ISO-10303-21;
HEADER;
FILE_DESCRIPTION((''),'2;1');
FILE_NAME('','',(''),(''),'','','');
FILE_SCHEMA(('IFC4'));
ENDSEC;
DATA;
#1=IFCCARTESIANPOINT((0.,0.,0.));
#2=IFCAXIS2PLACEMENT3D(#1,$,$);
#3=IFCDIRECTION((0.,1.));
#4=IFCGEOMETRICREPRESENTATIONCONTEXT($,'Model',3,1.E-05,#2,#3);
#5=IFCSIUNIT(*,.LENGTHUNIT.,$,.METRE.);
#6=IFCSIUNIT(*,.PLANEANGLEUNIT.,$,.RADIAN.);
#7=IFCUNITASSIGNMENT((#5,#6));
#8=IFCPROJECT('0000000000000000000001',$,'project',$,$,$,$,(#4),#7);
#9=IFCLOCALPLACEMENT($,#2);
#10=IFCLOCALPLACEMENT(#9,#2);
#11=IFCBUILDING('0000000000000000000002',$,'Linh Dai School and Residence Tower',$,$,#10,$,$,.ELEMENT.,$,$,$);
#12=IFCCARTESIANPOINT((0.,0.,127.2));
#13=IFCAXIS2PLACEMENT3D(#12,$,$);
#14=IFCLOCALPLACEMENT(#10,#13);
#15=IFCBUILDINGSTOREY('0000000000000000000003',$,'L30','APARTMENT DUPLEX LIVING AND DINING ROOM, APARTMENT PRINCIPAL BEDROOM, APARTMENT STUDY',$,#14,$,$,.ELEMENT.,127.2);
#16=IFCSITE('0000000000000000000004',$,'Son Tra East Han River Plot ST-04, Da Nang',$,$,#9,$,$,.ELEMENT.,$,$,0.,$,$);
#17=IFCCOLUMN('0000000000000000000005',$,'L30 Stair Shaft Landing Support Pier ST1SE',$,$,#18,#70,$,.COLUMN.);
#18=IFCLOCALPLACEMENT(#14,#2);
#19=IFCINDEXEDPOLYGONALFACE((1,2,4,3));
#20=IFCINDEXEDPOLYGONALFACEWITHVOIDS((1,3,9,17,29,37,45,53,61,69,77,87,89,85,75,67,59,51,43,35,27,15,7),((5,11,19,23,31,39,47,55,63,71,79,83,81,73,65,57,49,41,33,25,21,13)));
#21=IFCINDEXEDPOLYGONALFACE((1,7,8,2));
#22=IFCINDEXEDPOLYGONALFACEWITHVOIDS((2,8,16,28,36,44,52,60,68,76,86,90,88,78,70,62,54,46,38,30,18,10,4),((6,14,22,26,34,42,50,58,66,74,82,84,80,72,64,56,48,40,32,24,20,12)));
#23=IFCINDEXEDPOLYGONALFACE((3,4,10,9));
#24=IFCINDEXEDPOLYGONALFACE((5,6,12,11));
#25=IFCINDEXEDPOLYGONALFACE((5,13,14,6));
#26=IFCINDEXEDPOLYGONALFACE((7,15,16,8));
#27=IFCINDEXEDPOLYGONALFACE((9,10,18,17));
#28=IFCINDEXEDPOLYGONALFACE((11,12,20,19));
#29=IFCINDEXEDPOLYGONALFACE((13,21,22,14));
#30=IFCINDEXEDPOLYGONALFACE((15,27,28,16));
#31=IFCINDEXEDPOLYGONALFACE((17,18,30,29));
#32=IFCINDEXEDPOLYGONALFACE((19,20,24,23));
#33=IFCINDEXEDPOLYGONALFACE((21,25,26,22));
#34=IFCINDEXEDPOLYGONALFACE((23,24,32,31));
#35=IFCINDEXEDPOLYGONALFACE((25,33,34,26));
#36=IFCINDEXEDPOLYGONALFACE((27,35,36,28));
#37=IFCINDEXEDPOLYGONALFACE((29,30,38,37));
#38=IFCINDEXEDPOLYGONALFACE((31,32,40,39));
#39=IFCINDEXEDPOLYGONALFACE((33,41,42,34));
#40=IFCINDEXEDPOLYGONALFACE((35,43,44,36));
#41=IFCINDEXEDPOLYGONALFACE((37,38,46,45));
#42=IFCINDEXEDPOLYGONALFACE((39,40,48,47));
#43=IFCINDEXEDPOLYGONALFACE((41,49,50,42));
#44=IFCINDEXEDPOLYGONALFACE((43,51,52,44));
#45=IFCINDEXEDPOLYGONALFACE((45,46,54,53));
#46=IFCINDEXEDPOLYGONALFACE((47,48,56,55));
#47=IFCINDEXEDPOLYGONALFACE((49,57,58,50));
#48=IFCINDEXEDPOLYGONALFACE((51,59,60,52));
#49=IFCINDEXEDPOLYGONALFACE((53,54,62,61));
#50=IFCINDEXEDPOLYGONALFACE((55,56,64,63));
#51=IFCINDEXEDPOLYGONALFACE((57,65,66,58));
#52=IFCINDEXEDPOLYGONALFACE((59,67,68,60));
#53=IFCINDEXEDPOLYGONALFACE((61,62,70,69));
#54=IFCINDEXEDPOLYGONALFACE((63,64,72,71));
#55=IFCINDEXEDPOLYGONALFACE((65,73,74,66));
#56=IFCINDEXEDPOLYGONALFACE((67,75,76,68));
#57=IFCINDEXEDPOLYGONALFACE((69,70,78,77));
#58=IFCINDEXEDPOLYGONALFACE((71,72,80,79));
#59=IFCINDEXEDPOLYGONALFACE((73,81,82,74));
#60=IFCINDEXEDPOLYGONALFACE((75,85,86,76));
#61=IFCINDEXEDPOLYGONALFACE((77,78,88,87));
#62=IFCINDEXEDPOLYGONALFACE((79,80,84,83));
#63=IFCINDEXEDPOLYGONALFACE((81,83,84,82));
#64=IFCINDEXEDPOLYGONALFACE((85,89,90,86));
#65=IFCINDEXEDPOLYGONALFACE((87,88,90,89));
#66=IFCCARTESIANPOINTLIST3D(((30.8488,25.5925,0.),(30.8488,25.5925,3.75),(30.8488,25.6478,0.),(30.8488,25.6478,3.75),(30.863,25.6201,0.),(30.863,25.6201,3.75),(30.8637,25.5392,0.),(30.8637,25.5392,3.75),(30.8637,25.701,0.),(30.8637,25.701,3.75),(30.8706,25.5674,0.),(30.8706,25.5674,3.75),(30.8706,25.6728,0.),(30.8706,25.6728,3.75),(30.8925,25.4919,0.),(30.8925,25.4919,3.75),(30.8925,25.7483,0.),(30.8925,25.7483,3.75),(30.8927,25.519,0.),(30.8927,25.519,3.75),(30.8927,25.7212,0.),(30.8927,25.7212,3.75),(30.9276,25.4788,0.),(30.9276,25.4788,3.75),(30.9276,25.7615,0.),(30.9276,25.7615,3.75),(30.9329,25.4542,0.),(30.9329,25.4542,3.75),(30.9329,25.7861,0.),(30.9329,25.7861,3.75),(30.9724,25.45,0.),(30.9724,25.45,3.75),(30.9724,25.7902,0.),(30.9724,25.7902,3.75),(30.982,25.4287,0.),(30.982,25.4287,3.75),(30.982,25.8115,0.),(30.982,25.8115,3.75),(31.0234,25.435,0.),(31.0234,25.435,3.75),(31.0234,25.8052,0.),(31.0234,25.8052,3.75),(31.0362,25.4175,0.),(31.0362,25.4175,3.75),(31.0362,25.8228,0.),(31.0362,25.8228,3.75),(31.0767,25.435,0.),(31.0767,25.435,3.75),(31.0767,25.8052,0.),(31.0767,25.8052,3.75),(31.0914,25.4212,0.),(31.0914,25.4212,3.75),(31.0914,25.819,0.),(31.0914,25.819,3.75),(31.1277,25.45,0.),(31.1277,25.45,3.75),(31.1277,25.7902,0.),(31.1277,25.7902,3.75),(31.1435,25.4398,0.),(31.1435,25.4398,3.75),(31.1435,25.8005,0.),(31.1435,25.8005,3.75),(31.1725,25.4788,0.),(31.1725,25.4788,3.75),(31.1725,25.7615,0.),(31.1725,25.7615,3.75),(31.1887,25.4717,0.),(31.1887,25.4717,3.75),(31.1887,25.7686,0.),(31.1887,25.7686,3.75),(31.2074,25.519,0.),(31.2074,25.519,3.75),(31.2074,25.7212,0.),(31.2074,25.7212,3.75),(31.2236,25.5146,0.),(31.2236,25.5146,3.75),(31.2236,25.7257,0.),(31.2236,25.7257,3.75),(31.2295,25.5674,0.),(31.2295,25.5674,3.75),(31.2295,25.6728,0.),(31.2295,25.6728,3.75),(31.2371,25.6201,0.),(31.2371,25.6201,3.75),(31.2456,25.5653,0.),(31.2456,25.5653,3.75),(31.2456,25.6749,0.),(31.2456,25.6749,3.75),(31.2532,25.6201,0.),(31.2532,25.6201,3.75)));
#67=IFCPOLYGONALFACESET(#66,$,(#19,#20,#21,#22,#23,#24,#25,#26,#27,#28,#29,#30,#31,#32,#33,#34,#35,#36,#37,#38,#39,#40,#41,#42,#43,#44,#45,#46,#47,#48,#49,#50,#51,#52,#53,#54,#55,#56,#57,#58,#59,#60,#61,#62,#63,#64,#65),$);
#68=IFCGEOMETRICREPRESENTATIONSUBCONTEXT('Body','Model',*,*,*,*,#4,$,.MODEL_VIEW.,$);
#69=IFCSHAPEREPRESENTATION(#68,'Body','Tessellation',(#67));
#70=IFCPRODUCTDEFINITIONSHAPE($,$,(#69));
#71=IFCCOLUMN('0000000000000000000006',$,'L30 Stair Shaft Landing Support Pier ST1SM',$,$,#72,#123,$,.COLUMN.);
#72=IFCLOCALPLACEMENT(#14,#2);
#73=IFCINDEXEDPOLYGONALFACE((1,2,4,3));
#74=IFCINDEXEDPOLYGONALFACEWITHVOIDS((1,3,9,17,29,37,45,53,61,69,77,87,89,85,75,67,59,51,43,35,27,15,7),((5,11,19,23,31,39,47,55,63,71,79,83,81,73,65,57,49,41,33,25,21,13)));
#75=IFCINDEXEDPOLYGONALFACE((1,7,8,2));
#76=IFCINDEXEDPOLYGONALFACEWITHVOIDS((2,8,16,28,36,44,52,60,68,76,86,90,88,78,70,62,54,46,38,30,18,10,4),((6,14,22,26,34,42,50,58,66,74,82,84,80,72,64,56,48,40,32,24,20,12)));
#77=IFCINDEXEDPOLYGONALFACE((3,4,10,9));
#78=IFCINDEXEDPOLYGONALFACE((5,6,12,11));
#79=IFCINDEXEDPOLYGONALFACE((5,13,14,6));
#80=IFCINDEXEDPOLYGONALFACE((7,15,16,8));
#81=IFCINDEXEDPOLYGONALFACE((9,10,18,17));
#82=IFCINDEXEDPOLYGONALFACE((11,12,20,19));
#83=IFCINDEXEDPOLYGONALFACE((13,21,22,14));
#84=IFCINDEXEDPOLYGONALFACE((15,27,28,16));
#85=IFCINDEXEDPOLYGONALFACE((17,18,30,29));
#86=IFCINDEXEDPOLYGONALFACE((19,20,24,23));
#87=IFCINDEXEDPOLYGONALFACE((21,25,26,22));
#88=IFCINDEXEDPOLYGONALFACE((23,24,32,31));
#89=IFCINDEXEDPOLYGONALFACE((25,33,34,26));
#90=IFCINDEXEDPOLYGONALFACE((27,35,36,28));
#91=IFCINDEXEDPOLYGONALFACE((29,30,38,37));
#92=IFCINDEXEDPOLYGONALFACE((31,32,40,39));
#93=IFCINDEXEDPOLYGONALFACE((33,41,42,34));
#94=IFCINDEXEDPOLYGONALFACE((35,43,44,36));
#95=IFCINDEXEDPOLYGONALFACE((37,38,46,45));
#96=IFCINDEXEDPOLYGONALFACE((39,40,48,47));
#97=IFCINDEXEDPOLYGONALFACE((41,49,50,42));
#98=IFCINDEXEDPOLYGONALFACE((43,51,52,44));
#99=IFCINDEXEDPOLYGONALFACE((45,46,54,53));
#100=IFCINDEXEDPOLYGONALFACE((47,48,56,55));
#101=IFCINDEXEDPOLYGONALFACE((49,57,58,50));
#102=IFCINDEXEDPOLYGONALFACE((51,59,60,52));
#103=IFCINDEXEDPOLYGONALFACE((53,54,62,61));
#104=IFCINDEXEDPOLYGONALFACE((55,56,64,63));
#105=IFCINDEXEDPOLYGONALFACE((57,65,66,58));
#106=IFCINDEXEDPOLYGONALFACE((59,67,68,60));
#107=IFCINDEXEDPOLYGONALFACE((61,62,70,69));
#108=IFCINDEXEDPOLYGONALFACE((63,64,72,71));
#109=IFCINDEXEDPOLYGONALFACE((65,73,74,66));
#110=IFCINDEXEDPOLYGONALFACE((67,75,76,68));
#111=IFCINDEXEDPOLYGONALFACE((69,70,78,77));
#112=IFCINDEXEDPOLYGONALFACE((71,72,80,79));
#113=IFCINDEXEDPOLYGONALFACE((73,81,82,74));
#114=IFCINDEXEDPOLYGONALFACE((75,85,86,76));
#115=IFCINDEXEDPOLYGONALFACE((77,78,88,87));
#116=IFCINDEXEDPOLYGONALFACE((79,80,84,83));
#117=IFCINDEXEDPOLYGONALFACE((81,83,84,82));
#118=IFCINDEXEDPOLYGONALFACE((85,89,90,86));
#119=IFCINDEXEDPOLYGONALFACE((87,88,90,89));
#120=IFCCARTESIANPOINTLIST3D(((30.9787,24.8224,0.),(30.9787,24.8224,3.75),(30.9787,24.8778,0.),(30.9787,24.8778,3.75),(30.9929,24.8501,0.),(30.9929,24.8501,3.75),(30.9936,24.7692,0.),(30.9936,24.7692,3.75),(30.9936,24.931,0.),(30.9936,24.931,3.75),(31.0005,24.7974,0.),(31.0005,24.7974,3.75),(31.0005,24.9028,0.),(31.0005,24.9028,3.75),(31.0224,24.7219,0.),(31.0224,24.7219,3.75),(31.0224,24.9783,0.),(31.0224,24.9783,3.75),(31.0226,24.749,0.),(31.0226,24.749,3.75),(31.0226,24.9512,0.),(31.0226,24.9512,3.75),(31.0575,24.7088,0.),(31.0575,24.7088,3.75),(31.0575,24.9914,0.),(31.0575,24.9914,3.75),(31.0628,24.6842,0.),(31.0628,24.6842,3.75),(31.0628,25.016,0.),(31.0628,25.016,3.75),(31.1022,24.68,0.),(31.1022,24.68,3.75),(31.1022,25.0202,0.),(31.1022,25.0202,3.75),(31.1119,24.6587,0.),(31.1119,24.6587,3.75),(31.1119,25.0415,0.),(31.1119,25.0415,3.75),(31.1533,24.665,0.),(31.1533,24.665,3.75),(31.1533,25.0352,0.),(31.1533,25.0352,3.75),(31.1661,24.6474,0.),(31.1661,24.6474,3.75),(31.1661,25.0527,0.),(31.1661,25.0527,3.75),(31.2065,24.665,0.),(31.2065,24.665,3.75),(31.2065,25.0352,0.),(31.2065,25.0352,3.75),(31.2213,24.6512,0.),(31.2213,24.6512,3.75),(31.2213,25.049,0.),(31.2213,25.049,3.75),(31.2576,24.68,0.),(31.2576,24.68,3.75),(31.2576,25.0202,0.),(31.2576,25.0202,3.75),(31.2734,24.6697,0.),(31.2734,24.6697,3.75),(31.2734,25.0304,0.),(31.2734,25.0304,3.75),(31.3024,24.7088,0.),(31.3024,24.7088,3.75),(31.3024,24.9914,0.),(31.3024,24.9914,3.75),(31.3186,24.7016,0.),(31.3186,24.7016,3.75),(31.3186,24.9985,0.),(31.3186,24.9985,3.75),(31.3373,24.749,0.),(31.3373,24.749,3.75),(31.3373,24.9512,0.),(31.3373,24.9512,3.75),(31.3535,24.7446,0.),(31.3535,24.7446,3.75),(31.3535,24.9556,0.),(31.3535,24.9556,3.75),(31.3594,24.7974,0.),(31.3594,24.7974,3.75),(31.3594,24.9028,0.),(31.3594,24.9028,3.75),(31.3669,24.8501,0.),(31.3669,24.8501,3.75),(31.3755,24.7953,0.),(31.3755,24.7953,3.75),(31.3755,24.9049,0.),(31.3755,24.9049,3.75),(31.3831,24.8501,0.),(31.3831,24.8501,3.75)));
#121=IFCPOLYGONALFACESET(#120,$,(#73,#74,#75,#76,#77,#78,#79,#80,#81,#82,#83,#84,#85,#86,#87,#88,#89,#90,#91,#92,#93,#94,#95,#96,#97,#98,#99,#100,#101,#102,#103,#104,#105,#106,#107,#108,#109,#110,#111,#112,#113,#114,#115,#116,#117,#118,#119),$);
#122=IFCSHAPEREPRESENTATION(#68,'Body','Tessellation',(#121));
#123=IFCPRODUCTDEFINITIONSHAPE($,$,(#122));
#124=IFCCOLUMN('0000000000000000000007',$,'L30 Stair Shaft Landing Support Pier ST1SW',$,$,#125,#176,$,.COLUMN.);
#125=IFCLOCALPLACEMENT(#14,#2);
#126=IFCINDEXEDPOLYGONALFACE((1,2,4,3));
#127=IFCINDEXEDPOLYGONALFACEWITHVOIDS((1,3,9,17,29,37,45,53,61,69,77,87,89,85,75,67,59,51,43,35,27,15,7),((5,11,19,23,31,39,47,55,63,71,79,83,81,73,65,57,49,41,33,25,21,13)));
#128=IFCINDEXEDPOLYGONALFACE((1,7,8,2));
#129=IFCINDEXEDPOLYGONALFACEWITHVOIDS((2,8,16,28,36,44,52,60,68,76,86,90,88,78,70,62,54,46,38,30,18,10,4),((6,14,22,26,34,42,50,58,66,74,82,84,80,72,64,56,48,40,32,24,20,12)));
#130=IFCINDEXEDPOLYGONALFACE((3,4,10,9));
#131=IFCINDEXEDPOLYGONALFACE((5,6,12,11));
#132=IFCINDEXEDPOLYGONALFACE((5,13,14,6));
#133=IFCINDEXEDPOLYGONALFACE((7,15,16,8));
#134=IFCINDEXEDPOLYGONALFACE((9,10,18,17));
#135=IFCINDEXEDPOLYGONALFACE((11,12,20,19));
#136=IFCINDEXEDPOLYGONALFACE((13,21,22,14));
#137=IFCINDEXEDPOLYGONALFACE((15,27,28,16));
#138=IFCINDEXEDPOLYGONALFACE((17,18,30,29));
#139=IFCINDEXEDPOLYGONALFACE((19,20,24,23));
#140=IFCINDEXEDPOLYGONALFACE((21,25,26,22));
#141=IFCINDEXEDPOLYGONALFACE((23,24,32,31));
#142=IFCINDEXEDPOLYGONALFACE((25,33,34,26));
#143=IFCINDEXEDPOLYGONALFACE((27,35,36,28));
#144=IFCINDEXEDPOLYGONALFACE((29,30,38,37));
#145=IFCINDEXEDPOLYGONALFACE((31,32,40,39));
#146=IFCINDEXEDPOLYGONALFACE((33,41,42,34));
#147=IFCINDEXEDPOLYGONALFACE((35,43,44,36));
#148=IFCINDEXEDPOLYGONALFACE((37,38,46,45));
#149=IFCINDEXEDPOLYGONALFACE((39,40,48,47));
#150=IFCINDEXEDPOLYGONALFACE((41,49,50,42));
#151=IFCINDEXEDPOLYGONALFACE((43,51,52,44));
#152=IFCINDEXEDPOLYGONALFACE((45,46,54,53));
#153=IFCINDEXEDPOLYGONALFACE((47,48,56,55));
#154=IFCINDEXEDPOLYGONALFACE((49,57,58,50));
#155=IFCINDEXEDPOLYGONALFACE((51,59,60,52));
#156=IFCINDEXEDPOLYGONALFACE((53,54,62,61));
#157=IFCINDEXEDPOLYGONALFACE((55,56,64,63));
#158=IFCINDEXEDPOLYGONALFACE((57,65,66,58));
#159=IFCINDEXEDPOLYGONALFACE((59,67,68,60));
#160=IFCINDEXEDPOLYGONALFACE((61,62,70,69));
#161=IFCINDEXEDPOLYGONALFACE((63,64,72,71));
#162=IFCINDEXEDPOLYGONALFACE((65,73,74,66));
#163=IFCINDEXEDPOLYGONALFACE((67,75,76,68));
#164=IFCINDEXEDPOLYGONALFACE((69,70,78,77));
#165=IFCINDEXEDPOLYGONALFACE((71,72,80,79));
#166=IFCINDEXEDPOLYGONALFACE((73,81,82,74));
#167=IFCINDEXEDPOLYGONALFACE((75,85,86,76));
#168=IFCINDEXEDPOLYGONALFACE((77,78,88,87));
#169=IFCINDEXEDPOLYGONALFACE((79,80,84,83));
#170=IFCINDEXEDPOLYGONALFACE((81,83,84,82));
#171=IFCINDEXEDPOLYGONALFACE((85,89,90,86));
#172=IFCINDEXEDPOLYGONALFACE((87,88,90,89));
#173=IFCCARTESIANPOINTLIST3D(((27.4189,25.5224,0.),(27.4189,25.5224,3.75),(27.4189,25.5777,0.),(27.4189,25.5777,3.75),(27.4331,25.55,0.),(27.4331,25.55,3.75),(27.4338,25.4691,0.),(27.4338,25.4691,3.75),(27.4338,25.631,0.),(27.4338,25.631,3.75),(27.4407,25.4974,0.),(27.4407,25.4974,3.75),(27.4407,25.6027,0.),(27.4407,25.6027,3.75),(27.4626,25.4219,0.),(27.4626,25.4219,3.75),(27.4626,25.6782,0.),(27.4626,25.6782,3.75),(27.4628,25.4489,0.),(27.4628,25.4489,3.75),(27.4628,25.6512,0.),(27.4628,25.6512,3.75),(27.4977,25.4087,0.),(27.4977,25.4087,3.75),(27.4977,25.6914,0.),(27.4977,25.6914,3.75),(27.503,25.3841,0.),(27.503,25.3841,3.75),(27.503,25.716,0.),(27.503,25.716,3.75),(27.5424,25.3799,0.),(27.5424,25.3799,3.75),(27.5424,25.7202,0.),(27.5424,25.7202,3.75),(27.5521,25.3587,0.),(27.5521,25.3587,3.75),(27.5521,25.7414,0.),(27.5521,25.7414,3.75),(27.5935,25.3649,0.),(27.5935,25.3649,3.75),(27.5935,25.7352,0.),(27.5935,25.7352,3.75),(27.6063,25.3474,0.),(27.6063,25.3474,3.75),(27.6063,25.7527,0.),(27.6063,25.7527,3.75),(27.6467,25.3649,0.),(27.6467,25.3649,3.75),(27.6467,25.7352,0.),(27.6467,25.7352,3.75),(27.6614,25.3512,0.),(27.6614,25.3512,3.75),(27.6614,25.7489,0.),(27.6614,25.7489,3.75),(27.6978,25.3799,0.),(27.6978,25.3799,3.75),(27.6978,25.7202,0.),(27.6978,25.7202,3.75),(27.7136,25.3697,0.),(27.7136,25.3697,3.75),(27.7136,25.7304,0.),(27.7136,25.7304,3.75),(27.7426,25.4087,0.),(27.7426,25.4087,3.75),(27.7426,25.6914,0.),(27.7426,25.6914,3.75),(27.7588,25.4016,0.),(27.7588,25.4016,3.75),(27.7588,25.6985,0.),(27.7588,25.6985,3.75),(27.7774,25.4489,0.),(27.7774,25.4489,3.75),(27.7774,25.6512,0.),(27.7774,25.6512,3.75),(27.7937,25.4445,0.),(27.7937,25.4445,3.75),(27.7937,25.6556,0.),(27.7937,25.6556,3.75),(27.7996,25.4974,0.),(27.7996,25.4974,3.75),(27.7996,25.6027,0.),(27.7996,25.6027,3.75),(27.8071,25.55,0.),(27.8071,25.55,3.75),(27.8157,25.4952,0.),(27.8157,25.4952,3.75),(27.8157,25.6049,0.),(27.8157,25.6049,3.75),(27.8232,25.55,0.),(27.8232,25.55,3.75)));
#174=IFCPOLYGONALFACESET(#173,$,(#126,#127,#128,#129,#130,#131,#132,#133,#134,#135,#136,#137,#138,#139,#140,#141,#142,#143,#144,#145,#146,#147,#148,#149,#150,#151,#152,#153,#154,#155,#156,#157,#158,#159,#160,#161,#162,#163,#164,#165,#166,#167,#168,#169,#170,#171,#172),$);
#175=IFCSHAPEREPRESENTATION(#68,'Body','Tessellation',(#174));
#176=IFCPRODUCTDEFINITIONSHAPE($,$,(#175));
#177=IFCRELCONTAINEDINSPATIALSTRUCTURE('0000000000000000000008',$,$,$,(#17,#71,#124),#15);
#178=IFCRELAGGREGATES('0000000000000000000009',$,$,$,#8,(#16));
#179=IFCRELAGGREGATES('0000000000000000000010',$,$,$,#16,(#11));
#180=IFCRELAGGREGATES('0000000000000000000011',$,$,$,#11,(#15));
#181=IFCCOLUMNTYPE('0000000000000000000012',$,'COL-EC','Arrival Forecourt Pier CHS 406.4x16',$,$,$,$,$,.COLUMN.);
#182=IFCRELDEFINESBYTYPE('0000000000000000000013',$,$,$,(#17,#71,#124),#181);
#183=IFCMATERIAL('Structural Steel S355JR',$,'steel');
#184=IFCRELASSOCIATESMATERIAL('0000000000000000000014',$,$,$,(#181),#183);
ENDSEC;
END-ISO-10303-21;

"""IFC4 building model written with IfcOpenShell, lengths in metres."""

from ifc_helpers import new_model, si_unit, direction, frame, origin, origin_2d, place, context, subcontext, project, spatial, hollow_circle, extrude, material, material_profile, profile_set, type_object, element, save


model = new_model("IFC4")

# Units and contexts
model_context = context("Model", 3, precision=1e-05, world=origin(), true_north=direction((0.0, 1.0)))
body_context = subcontext(model_context, "Body", "Model", "MODEL_VIEW")
ifc_project = project(units=[si_unit("LENGTHUNIT", "METRE"), si_unit("PLANEANGLEUNIT", "RADIAN")], contexts=[model_context])

# Site, building, storey
site_placement = place(None, origin())
site = spatial("IfcSite", under=ifc_project, at=site_placement, Name="Son Tra East Han River Plot ST-04, Da Nang", CompositionType="ELEMENT", RefElevation=0.0)
building_placement = place(site_placement, origin())
building = spatial("IfcBuilding", under=site, at=building_placement, Name="Linh Dai School and Residence Tower", CompositionType="ELEMENT")
storey_placement = place(building_placement, frame((0.0, 0.0, 127.2)))
storey = spatial("IfcBuildingStorey", under=building, at=storey_placement, Name="L30", Description="APARTMENT DUPLEX LIVING AND DINING ROOM, APARTMENT PRINCIPAL BEDROOM, APARTMENT STUDY", CompositionType="ELEMENT", Elevation=127.2)

# Columns
ifc_material_1 = material(Name="Structural Steel S355JR", Category="steel")
ifc_material_profile_1 = material_profile(ifc_material_1, hollow_circle(Radius=0.2031, WallThickness=0.0161, at=origin_2d()), Name="CHS 406.4x16")
ifc_profile_set_1 = profile_set([ifc_material_profile_1], Name="Structural Steel S355JR")
column_type = type_object("IfcColumnType", Name="COL-EC", Description="Arrival Forecourt Pier CHS 406.4x16", PredefinedType="COLUMN", material=ifc_profile_set_1)
for number, where, z_axis, x_axis, name in (
    (1, (31.05, 25.6201, 0.0), (0.0, 0.0, 1.0), (1.0, 0.0, 0.0), "L30 Stair Shaft Landing Support Pier ST1SE"),
    (2, (31.1799, 24.8501, 0.0), (0.0, 0.0, 1.0), (1.0, 0.0, 0.0), "L30 Stair Shaft Landing Support Pier ST1SM"),
    (3, (27.6201, 25.55, 0.0), (0.0, 0.0, 1.0), (1.0, 0.0, 0.0), "L30 Stair Shaft Landing Support Pier ST1SW"),
):
    element("IfcColumn", number, at=place(storey_placement, frame(where, z_axis=z_axis, x_axis=x_axis)), inside=storey, type_object=column_type, Name=name, PredefinedType="COLUMN", context=body_context, shape_type="SweptSolid", body=[
        extrude(hollow_circle(Radius=0.2031, WallThickness=0.0161, at=origin_2d()), origin(), (0.0, 0.0, 1.0), 3.75),
    ])

save(model, "model.ifc")
